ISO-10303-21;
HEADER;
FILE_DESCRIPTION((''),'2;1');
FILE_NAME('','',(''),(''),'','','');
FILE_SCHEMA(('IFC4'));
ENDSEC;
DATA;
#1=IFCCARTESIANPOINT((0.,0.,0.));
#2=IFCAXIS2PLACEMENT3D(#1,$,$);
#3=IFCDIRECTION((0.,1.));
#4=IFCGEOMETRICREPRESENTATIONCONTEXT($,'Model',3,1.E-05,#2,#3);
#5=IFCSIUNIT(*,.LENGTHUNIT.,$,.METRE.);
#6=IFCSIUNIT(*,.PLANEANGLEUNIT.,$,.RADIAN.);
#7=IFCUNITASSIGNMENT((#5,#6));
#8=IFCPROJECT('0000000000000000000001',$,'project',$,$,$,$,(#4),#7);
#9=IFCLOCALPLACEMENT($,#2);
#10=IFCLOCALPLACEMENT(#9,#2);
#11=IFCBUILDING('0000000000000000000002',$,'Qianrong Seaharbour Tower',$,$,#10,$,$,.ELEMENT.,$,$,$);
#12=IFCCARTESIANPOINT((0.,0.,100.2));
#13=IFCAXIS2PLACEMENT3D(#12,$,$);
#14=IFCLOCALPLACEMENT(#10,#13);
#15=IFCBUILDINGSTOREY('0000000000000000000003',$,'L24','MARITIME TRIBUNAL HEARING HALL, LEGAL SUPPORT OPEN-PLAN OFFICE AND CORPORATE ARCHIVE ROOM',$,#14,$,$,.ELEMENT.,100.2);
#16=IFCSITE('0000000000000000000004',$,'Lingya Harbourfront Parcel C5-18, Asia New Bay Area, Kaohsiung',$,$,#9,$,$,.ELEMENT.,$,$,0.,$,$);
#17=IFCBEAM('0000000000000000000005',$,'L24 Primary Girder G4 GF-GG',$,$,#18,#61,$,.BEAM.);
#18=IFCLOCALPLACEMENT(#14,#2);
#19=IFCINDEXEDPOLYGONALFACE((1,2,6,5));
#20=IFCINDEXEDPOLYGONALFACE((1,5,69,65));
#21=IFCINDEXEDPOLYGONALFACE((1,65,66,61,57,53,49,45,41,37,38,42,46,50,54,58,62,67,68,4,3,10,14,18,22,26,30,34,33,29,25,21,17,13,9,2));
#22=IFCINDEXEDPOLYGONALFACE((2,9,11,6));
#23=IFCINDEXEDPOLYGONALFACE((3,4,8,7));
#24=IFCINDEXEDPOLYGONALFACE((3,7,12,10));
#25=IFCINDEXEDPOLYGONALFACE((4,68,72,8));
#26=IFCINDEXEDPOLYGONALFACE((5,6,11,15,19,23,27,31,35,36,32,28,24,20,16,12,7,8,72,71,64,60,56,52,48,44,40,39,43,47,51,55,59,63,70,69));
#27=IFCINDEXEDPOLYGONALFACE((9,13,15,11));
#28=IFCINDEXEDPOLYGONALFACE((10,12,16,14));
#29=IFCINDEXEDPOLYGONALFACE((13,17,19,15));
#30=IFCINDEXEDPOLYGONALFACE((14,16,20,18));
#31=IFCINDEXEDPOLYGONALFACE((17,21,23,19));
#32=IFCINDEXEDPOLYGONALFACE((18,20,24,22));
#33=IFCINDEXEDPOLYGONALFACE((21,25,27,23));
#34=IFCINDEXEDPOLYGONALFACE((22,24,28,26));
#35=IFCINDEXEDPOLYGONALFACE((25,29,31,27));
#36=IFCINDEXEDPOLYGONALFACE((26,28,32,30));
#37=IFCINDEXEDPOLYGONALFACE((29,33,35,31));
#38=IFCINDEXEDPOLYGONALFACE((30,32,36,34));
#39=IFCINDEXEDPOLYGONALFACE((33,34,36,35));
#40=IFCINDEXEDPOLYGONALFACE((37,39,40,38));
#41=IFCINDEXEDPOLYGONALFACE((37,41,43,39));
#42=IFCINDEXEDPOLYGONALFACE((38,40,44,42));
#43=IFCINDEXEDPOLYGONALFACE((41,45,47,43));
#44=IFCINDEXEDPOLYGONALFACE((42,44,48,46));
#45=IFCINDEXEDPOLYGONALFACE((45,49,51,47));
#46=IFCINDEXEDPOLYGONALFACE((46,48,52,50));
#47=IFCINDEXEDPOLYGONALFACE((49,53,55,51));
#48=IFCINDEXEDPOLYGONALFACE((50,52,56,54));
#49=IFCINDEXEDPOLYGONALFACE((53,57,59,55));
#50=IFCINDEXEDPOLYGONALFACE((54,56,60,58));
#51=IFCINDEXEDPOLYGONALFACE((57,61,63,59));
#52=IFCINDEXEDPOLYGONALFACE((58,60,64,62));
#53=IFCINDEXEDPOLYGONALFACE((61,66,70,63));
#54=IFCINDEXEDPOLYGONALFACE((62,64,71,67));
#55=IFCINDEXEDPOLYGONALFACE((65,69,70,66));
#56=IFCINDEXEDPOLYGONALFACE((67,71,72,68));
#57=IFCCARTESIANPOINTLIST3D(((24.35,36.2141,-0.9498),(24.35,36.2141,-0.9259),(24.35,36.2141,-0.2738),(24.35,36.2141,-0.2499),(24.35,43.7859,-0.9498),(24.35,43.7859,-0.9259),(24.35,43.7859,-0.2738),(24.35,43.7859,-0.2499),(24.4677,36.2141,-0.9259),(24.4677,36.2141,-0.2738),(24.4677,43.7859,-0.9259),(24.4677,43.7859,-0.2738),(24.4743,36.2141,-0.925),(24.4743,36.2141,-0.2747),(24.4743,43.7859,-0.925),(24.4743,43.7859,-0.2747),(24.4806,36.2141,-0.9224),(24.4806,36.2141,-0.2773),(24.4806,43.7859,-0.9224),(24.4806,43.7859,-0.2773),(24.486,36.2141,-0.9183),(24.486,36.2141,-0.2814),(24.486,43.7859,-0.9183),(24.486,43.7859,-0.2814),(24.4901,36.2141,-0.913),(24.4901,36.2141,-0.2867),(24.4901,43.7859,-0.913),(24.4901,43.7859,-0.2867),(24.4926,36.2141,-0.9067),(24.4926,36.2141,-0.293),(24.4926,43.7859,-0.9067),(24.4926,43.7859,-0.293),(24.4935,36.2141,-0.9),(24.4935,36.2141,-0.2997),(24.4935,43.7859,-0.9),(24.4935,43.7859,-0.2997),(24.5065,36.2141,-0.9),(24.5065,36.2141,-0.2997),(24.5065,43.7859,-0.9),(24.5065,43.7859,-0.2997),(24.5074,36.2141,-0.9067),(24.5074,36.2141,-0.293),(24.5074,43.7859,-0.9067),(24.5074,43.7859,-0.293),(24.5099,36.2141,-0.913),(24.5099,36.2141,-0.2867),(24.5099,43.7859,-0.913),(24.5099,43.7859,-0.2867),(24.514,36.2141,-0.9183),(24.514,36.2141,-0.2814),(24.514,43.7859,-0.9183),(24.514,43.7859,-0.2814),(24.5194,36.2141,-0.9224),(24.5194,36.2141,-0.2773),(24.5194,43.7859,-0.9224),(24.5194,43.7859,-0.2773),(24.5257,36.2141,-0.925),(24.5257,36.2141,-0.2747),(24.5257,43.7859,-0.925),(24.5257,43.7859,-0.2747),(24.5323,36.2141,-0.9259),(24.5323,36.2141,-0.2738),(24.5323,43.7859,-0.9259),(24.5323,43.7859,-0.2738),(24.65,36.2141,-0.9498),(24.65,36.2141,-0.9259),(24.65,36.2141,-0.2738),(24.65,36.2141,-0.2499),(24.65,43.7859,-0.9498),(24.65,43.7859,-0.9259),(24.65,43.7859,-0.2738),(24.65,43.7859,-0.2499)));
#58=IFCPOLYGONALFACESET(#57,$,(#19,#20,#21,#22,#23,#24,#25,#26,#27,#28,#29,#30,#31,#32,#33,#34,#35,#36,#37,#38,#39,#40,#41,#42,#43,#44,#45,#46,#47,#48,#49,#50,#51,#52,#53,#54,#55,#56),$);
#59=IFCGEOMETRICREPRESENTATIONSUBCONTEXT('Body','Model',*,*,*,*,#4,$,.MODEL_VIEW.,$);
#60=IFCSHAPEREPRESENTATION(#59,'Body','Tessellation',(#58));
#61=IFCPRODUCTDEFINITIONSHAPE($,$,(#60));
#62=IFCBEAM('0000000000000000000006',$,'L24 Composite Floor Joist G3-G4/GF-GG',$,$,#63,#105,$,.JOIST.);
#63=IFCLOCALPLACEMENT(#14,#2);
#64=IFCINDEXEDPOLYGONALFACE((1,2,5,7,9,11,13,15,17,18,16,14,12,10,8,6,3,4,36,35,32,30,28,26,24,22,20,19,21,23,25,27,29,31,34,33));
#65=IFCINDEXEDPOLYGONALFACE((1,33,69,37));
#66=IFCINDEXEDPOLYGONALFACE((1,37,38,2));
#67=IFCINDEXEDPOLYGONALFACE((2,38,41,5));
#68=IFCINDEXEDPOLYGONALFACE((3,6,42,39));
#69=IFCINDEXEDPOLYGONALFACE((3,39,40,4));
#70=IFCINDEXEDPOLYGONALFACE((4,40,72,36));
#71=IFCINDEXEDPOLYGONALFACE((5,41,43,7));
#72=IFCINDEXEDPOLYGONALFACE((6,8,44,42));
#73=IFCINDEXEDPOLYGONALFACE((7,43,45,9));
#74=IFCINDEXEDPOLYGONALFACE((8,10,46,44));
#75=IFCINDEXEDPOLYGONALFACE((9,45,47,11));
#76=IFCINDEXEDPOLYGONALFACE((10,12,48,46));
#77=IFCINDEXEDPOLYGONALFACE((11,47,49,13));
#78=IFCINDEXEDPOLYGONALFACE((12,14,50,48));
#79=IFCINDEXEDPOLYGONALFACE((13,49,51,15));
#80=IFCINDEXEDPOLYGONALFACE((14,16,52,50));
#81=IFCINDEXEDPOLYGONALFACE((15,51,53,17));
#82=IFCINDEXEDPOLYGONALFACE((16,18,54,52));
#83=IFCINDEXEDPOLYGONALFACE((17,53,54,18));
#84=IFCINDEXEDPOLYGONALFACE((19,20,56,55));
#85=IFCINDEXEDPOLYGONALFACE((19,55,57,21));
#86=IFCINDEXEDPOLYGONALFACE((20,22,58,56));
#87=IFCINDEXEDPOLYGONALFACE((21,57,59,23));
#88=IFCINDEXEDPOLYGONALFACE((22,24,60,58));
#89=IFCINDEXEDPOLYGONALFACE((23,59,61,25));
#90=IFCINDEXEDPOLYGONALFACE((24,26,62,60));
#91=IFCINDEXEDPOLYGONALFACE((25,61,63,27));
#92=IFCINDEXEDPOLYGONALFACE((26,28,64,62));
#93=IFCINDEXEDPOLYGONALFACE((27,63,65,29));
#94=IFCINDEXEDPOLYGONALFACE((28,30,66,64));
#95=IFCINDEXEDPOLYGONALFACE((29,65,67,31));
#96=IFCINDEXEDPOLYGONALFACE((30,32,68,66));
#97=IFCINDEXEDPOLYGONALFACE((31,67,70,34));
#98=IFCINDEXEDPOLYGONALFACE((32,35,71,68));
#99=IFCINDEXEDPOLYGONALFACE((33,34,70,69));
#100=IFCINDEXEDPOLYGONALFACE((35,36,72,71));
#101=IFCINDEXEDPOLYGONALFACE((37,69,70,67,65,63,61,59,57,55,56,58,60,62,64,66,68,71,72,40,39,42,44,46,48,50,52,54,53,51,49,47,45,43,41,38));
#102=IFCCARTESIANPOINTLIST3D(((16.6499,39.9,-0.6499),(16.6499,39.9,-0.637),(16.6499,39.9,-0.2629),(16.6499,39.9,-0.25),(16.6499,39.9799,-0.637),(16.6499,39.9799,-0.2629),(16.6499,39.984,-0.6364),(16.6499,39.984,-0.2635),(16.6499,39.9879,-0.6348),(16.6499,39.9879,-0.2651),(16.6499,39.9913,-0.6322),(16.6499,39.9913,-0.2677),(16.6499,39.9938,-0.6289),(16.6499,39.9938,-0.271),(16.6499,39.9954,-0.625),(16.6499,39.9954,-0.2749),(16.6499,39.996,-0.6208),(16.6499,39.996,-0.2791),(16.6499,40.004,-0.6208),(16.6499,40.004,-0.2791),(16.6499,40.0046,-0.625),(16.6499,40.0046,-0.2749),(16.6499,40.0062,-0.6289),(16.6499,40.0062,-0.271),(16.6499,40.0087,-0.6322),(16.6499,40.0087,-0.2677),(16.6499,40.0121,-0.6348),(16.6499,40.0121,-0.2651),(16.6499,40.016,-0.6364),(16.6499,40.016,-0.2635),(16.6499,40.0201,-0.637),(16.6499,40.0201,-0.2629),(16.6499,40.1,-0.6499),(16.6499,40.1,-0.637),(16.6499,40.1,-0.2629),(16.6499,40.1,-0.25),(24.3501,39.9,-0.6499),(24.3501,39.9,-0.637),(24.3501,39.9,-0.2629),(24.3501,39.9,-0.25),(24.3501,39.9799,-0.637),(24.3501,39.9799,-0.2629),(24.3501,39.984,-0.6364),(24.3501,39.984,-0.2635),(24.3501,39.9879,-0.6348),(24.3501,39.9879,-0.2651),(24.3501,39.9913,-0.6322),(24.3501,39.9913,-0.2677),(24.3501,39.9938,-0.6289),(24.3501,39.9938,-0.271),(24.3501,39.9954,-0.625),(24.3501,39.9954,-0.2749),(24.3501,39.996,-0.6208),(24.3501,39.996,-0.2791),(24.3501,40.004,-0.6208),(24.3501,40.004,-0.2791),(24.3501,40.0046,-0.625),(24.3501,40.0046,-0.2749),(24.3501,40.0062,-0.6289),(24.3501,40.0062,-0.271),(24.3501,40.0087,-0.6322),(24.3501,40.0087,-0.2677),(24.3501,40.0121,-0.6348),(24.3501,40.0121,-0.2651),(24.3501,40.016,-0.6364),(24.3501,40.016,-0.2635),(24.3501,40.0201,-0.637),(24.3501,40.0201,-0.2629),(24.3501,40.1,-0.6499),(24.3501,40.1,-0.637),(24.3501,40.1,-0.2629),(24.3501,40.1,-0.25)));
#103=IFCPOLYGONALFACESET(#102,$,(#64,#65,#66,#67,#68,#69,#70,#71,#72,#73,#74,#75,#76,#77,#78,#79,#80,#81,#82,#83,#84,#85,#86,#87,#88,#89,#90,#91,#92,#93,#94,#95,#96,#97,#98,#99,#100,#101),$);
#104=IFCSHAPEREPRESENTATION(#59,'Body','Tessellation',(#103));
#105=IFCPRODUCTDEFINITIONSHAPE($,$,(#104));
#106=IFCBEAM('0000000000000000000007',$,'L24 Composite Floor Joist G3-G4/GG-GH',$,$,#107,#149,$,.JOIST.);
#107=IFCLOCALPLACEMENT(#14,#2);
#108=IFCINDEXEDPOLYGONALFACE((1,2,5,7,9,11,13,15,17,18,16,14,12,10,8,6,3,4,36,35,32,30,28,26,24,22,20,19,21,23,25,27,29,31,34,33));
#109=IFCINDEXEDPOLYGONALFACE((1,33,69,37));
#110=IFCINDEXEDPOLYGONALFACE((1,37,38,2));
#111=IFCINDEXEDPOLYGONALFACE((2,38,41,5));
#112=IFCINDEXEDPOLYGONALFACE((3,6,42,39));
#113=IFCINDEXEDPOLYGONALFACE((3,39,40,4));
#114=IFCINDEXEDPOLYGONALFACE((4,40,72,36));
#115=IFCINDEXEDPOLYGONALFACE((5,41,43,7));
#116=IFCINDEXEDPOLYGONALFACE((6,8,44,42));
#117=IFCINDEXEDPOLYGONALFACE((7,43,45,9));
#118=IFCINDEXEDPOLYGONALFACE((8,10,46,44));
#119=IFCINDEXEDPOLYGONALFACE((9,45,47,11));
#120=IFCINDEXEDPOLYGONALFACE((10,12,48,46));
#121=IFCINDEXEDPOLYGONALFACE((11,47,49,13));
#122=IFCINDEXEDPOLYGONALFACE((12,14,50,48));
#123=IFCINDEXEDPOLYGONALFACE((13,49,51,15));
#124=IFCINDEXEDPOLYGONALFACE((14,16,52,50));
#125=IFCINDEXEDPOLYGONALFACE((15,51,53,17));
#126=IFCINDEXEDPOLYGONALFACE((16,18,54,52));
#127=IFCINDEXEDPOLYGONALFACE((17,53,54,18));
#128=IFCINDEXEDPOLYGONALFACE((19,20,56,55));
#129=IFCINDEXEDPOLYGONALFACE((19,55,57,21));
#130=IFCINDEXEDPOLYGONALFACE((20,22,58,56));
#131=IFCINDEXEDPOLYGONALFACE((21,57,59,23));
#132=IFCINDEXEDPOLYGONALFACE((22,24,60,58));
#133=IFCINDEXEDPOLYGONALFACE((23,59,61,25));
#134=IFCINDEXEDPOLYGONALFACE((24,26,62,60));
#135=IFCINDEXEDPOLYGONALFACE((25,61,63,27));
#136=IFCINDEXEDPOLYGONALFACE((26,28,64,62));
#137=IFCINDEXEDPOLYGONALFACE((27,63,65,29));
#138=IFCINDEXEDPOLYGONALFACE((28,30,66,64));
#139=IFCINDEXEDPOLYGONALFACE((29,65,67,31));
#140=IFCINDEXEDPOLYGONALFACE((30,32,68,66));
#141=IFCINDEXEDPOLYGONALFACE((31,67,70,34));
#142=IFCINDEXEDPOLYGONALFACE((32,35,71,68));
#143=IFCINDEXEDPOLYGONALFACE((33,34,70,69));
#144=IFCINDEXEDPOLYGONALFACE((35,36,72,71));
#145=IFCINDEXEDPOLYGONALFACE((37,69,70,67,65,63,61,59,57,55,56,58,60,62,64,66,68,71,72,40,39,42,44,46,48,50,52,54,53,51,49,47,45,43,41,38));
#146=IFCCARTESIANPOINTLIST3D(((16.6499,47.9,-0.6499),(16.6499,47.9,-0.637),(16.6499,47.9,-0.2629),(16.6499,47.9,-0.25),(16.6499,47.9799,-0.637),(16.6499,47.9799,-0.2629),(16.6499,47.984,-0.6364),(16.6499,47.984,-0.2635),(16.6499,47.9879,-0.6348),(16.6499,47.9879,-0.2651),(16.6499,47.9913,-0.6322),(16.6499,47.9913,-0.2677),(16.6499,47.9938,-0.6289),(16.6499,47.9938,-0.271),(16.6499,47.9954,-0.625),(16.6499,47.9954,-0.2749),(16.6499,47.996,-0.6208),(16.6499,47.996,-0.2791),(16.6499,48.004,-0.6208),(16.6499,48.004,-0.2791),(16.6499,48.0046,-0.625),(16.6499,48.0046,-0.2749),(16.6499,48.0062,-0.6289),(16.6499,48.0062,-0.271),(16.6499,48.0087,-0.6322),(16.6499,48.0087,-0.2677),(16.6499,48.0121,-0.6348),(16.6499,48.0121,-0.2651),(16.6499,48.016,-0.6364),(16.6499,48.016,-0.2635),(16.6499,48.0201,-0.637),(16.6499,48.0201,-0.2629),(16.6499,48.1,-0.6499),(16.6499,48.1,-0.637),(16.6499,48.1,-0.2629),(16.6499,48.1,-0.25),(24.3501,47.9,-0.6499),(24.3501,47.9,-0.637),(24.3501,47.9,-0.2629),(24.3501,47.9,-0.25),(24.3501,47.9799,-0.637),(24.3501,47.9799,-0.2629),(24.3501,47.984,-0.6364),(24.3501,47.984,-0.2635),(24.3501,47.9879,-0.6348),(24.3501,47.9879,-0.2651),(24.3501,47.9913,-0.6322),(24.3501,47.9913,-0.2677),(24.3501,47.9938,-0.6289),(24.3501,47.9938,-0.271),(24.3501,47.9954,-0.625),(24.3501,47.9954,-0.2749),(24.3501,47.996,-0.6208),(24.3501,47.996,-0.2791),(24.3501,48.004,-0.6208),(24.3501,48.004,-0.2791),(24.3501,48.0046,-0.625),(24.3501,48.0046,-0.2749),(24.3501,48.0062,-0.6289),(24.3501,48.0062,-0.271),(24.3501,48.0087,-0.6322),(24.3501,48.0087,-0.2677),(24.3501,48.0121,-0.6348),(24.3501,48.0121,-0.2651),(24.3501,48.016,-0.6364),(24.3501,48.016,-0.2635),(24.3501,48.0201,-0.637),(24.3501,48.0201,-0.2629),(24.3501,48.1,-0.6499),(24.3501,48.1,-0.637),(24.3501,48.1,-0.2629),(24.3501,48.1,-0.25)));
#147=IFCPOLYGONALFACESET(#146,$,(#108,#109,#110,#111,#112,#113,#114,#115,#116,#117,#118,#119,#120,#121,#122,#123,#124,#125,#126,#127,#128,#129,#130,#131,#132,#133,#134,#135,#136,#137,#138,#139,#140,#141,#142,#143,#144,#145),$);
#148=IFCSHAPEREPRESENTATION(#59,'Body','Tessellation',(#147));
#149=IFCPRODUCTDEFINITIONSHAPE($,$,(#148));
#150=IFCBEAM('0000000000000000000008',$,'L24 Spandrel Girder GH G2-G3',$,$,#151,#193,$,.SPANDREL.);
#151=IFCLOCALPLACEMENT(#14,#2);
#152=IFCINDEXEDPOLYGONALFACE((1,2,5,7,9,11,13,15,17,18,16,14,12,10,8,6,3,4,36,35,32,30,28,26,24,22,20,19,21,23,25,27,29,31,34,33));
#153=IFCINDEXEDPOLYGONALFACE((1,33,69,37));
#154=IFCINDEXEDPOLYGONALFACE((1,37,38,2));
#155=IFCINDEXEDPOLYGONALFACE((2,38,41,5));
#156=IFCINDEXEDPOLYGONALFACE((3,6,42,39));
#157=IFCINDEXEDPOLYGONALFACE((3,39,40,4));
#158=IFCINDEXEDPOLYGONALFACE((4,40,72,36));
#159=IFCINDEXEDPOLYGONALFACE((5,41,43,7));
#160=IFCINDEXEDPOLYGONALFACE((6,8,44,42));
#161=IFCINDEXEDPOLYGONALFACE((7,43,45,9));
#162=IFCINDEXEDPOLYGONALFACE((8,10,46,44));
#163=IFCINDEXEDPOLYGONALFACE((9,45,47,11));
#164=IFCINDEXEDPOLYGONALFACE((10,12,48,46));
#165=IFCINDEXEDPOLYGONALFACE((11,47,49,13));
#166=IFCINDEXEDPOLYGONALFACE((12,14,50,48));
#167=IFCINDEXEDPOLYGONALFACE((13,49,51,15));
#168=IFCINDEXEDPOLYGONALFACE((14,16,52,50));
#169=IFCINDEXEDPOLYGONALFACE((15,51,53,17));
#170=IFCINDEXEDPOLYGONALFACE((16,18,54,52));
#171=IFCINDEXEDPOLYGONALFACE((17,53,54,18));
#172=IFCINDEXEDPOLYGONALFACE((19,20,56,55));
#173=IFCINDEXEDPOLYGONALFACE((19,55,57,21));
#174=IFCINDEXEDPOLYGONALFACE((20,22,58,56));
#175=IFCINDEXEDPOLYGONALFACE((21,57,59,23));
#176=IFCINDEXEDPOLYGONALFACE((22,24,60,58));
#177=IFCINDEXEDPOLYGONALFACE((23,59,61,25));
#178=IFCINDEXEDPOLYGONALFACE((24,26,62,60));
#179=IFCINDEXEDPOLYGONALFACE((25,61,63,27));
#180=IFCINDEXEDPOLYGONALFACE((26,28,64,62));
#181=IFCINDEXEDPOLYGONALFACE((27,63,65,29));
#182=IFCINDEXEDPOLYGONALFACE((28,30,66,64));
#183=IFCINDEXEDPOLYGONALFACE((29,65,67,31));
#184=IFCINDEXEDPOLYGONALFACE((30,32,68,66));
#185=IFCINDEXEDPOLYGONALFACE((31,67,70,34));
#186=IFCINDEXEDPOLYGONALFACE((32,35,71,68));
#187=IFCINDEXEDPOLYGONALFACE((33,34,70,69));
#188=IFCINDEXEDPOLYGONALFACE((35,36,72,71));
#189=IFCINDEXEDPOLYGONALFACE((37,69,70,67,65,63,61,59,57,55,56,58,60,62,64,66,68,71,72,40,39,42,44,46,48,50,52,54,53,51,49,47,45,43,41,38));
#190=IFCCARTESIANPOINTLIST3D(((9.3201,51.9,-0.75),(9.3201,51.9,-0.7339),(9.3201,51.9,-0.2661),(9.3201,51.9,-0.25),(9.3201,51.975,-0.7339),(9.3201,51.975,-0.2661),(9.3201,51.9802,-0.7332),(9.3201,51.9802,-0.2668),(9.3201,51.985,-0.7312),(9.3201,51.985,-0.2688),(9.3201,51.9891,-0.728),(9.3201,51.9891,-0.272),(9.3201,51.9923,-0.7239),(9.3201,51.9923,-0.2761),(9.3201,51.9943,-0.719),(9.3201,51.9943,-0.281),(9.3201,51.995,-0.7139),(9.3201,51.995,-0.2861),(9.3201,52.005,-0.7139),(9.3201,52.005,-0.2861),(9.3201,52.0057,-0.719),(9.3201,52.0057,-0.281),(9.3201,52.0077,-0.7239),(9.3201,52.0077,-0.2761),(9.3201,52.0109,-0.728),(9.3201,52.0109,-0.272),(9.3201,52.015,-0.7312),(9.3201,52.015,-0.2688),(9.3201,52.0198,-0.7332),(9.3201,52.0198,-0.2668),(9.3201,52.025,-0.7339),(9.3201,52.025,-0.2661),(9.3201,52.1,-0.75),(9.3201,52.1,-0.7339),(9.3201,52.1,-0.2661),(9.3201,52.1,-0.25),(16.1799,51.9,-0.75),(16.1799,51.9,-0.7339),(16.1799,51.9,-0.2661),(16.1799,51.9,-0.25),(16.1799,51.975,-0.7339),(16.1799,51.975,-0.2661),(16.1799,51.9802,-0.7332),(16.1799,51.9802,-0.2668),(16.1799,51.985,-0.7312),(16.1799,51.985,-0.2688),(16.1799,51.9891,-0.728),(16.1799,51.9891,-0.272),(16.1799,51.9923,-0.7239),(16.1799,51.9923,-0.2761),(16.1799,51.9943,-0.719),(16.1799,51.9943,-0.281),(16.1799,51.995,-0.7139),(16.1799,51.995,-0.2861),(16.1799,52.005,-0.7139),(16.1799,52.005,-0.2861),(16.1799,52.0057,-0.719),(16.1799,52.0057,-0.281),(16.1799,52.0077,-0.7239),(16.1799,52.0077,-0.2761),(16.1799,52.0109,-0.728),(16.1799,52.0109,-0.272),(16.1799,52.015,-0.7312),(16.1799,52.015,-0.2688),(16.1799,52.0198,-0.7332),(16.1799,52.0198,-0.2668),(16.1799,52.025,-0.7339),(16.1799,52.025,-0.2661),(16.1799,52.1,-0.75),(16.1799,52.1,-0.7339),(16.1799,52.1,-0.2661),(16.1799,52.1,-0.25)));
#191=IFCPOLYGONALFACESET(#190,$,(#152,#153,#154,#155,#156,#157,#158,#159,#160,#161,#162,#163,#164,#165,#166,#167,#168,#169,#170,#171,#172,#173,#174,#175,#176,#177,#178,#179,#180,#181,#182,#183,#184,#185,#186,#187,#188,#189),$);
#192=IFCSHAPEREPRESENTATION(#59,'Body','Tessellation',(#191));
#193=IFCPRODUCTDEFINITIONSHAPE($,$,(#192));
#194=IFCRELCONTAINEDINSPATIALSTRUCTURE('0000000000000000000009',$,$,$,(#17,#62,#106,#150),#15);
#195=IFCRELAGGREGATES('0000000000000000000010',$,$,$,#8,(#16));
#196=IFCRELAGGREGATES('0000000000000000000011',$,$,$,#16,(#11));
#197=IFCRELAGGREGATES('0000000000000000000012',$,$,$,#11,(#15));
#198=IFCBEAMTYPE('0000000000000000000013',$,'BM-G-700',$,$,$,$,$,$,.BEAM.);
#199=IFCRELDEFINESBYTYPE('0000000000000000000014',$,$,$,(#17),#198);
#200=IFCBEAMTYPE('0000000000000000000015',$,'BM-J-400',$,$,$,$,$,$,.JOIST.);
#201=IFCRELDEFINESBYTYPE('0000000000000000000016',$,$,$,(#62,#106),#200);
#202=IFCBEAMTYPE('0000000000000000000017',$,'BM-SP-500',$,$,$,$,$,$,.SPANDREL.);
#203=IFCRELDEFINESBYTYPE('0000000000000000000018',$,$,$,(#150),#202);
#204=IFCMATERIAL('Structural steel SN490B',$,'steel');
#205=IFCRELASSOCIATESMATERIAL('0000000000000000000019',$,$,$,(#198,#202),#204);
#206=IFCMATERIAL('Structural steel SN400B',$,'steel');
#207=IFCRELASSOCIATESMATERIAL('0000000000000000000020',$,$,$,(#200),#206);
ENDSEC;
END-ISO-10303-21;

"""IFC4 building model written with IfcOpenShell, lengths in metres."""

from ifc_helpers import new_model, si_unit, direction, frame, origin, origin_2d, place, context, subcontext, project, spatial, i_section, extrude, material, material_profile, profile_set, type_object, element, save


model = new_model("IFC4")

# Units and contexts
model_context = context("Model", 3, precision=1e-05, world=origin(), true_north=direction((0.0, 1.0)))
body_context = subcontext(model_context, "Body", "Model", "MODEL_VIEW")
ifc_project = project(units=[si_unit("LENGTHUNIT", "METRE"), si_unit("PLANEANGLEUNIT", "RADIAN")], contexts=[model_context])

# Site, building, storey
site_placement = place(None, origin())
site = spatial("IfcSite", under=ifc_project, at=site_placement, Name="Lingya Harbourfront Parcel C5-18, Asia New Bay Area, Kaohsiung", CompositionType="ELEMENT", RefElevation=0.0)
building_placement = place(site_placement, origin())
building = spatial("IfcBuilding", under=site, at=building_placement, Name="Qianrong Seaharbour Tower", CompositionType="ELEMENT")
storey_placement = place(building_placement, frame((0.0, 0.0, 100.2)))
storey = spatial("IfcBuildingStorey", under=building, at=storey_placement, Name="L24", Description="MARITIME TRIBUNAL HEARING HALL, LEGAL SUPPORT OPEN-PLAN OFFICE AND CORPORATE ARCHIVE ROOM", CompositionType="ELEMENT", Elevation=100.2)

# Shared definitions
ifc_material_1 = material(Name="Structural steel SN490B", Category="steel")

# Beams
ifc_material_profile_1 = material_profile(ifc_material_1, i_section(OverallWidth=0.3, OverallDepth=0.7, WebThickness=0.0129, FlangeThickness=0.0239, FilletRadius=0.0259, at=origin_2d()), Name="H700x300x13x24")
ifc_profile_set_1 = profile_set([ifc_material_profile_1], Name="Structural steel SN490B")
beam_type_1 = type_object("IfcBeamType", Name="BM-G-700", PredefinedType="BEAM", material=ifc_profile_set_1)
beam_1_placement = place(storey_placement, frame((24.5, 36.2141, -0.5999), z_axis=(0.0, 1.0, 0.0), x_axis=(-1.0, 0.0, 0.0)))
element("IfcBeam", 1, at=beam_1_placement, inside=storey, type_object=beam_type_1, Name="L24 Primary Girder G4 GF-GG", PredefinedType="BEAM", context=body_context, shape_type="SweptSolid", body=[
    extrude(i_section(OverallWidth=0.3, OverallDepth=0.7, WebThickness=0.0129, FlangeThickness=0.0239, FilletRadius=0.0259, at=origin_2d()), origin(), (0.0, 0.0, 1.0), 7.5718),
])
ifc_material_2 = material(Name="Structural steel SN400B", Category="steel")
ifc_material_profile_2 = material_profile(ifc_material_2, i_section(OverallWidth=0.2, OverallDepth=0.3999, WebThickness=0.0081, FlangeThickness=0.0129, FilletRadius=0.0161, at=origin_2d()), Name="H400x200x8x13")
ifc_profile_set_2 = profile_set([ifc_material_profile_2], Name="Structural steel SN400B")
beam_type_2 = type_object("IfcBeamType", Name="BM-J-400", PredefinedType="JOIST", material=ifc_profile_set_2)
for number, where, z_axis, x_axis, name in (
    (2, (16.6499, 40.0, -0.45), (1.0, 0.0, 0.0), (0.0, 1.0, 0.0), "L24 Composite Floor Joist G3-G4/GF-GG"),
    (3, (16.6499, 48.0, -0.45), (1.0, 0.0, 0.0), (0.0, 1.0, 0.0), "L24 Composite Floor Joist G3-G4/GG-GH"),
):
    element("IfcBeam", number, at=place(storey_placement, frame(where, z_axis=z_axis, x_axis=x_axis)), inside=storey, type_object=beam_type_2, Name=name, PredefinedType="JOIST", context=body_context, shape_type="SweptSolid", body=[
        extrude(i_section(OverallWidth=0.2, OverallDepth=0.3999, WebThickness=0.0081, FlangeThickness=0.0129, FilletRadius=0.0161, at=origin_2d()), origin(), (0.0, 0.0, 1.0), 7.7002),
    ])
ifc_material_profile_3 = material_profile(ifc_material_1, i_section(OverallWidth=0.2, OverallDepth=0.5, WebThickness=0.01, FlangeThickness=0.0161, FilletRadius=0.02, at=origin_2d()), Name="H500x200x10x16")
ifc_profile_set_3 = profile_set([ifc_material_profile_3], Name="Structural steel SN490B")
beam_type_3 = type_object("IfcBeamType", Name="BM-SP-500", PredefinedType="SPANDREL", material=ifc_profile_set_3)
beam_2_placement = place(storey_placement, frame((9.3201, 52.0, -0.5), z_axis=(1.0, 0.0, 0.0), x_axis=(0.0, 1.0, 0.0)))
element("IfcBeam", 4, at=beam_2_placement, inside=storey, type_object=beam_type_3, Name="L24 Spandrel Girder GH G2-G3", PredefinedType="SPANDREL", context=body_context, shape_type="SweptSolid", body=[
    extrude(i_section(OverallWidth=0.2, OverallDepth=0.5, WebThickness=0.01, FlangeThickness=0.0161, FilletRadius=0.02, at=origin_2d()), origin(), (0.0, 0.0, 1.0), 6.8599),
])

save(model, "model.ifc")
